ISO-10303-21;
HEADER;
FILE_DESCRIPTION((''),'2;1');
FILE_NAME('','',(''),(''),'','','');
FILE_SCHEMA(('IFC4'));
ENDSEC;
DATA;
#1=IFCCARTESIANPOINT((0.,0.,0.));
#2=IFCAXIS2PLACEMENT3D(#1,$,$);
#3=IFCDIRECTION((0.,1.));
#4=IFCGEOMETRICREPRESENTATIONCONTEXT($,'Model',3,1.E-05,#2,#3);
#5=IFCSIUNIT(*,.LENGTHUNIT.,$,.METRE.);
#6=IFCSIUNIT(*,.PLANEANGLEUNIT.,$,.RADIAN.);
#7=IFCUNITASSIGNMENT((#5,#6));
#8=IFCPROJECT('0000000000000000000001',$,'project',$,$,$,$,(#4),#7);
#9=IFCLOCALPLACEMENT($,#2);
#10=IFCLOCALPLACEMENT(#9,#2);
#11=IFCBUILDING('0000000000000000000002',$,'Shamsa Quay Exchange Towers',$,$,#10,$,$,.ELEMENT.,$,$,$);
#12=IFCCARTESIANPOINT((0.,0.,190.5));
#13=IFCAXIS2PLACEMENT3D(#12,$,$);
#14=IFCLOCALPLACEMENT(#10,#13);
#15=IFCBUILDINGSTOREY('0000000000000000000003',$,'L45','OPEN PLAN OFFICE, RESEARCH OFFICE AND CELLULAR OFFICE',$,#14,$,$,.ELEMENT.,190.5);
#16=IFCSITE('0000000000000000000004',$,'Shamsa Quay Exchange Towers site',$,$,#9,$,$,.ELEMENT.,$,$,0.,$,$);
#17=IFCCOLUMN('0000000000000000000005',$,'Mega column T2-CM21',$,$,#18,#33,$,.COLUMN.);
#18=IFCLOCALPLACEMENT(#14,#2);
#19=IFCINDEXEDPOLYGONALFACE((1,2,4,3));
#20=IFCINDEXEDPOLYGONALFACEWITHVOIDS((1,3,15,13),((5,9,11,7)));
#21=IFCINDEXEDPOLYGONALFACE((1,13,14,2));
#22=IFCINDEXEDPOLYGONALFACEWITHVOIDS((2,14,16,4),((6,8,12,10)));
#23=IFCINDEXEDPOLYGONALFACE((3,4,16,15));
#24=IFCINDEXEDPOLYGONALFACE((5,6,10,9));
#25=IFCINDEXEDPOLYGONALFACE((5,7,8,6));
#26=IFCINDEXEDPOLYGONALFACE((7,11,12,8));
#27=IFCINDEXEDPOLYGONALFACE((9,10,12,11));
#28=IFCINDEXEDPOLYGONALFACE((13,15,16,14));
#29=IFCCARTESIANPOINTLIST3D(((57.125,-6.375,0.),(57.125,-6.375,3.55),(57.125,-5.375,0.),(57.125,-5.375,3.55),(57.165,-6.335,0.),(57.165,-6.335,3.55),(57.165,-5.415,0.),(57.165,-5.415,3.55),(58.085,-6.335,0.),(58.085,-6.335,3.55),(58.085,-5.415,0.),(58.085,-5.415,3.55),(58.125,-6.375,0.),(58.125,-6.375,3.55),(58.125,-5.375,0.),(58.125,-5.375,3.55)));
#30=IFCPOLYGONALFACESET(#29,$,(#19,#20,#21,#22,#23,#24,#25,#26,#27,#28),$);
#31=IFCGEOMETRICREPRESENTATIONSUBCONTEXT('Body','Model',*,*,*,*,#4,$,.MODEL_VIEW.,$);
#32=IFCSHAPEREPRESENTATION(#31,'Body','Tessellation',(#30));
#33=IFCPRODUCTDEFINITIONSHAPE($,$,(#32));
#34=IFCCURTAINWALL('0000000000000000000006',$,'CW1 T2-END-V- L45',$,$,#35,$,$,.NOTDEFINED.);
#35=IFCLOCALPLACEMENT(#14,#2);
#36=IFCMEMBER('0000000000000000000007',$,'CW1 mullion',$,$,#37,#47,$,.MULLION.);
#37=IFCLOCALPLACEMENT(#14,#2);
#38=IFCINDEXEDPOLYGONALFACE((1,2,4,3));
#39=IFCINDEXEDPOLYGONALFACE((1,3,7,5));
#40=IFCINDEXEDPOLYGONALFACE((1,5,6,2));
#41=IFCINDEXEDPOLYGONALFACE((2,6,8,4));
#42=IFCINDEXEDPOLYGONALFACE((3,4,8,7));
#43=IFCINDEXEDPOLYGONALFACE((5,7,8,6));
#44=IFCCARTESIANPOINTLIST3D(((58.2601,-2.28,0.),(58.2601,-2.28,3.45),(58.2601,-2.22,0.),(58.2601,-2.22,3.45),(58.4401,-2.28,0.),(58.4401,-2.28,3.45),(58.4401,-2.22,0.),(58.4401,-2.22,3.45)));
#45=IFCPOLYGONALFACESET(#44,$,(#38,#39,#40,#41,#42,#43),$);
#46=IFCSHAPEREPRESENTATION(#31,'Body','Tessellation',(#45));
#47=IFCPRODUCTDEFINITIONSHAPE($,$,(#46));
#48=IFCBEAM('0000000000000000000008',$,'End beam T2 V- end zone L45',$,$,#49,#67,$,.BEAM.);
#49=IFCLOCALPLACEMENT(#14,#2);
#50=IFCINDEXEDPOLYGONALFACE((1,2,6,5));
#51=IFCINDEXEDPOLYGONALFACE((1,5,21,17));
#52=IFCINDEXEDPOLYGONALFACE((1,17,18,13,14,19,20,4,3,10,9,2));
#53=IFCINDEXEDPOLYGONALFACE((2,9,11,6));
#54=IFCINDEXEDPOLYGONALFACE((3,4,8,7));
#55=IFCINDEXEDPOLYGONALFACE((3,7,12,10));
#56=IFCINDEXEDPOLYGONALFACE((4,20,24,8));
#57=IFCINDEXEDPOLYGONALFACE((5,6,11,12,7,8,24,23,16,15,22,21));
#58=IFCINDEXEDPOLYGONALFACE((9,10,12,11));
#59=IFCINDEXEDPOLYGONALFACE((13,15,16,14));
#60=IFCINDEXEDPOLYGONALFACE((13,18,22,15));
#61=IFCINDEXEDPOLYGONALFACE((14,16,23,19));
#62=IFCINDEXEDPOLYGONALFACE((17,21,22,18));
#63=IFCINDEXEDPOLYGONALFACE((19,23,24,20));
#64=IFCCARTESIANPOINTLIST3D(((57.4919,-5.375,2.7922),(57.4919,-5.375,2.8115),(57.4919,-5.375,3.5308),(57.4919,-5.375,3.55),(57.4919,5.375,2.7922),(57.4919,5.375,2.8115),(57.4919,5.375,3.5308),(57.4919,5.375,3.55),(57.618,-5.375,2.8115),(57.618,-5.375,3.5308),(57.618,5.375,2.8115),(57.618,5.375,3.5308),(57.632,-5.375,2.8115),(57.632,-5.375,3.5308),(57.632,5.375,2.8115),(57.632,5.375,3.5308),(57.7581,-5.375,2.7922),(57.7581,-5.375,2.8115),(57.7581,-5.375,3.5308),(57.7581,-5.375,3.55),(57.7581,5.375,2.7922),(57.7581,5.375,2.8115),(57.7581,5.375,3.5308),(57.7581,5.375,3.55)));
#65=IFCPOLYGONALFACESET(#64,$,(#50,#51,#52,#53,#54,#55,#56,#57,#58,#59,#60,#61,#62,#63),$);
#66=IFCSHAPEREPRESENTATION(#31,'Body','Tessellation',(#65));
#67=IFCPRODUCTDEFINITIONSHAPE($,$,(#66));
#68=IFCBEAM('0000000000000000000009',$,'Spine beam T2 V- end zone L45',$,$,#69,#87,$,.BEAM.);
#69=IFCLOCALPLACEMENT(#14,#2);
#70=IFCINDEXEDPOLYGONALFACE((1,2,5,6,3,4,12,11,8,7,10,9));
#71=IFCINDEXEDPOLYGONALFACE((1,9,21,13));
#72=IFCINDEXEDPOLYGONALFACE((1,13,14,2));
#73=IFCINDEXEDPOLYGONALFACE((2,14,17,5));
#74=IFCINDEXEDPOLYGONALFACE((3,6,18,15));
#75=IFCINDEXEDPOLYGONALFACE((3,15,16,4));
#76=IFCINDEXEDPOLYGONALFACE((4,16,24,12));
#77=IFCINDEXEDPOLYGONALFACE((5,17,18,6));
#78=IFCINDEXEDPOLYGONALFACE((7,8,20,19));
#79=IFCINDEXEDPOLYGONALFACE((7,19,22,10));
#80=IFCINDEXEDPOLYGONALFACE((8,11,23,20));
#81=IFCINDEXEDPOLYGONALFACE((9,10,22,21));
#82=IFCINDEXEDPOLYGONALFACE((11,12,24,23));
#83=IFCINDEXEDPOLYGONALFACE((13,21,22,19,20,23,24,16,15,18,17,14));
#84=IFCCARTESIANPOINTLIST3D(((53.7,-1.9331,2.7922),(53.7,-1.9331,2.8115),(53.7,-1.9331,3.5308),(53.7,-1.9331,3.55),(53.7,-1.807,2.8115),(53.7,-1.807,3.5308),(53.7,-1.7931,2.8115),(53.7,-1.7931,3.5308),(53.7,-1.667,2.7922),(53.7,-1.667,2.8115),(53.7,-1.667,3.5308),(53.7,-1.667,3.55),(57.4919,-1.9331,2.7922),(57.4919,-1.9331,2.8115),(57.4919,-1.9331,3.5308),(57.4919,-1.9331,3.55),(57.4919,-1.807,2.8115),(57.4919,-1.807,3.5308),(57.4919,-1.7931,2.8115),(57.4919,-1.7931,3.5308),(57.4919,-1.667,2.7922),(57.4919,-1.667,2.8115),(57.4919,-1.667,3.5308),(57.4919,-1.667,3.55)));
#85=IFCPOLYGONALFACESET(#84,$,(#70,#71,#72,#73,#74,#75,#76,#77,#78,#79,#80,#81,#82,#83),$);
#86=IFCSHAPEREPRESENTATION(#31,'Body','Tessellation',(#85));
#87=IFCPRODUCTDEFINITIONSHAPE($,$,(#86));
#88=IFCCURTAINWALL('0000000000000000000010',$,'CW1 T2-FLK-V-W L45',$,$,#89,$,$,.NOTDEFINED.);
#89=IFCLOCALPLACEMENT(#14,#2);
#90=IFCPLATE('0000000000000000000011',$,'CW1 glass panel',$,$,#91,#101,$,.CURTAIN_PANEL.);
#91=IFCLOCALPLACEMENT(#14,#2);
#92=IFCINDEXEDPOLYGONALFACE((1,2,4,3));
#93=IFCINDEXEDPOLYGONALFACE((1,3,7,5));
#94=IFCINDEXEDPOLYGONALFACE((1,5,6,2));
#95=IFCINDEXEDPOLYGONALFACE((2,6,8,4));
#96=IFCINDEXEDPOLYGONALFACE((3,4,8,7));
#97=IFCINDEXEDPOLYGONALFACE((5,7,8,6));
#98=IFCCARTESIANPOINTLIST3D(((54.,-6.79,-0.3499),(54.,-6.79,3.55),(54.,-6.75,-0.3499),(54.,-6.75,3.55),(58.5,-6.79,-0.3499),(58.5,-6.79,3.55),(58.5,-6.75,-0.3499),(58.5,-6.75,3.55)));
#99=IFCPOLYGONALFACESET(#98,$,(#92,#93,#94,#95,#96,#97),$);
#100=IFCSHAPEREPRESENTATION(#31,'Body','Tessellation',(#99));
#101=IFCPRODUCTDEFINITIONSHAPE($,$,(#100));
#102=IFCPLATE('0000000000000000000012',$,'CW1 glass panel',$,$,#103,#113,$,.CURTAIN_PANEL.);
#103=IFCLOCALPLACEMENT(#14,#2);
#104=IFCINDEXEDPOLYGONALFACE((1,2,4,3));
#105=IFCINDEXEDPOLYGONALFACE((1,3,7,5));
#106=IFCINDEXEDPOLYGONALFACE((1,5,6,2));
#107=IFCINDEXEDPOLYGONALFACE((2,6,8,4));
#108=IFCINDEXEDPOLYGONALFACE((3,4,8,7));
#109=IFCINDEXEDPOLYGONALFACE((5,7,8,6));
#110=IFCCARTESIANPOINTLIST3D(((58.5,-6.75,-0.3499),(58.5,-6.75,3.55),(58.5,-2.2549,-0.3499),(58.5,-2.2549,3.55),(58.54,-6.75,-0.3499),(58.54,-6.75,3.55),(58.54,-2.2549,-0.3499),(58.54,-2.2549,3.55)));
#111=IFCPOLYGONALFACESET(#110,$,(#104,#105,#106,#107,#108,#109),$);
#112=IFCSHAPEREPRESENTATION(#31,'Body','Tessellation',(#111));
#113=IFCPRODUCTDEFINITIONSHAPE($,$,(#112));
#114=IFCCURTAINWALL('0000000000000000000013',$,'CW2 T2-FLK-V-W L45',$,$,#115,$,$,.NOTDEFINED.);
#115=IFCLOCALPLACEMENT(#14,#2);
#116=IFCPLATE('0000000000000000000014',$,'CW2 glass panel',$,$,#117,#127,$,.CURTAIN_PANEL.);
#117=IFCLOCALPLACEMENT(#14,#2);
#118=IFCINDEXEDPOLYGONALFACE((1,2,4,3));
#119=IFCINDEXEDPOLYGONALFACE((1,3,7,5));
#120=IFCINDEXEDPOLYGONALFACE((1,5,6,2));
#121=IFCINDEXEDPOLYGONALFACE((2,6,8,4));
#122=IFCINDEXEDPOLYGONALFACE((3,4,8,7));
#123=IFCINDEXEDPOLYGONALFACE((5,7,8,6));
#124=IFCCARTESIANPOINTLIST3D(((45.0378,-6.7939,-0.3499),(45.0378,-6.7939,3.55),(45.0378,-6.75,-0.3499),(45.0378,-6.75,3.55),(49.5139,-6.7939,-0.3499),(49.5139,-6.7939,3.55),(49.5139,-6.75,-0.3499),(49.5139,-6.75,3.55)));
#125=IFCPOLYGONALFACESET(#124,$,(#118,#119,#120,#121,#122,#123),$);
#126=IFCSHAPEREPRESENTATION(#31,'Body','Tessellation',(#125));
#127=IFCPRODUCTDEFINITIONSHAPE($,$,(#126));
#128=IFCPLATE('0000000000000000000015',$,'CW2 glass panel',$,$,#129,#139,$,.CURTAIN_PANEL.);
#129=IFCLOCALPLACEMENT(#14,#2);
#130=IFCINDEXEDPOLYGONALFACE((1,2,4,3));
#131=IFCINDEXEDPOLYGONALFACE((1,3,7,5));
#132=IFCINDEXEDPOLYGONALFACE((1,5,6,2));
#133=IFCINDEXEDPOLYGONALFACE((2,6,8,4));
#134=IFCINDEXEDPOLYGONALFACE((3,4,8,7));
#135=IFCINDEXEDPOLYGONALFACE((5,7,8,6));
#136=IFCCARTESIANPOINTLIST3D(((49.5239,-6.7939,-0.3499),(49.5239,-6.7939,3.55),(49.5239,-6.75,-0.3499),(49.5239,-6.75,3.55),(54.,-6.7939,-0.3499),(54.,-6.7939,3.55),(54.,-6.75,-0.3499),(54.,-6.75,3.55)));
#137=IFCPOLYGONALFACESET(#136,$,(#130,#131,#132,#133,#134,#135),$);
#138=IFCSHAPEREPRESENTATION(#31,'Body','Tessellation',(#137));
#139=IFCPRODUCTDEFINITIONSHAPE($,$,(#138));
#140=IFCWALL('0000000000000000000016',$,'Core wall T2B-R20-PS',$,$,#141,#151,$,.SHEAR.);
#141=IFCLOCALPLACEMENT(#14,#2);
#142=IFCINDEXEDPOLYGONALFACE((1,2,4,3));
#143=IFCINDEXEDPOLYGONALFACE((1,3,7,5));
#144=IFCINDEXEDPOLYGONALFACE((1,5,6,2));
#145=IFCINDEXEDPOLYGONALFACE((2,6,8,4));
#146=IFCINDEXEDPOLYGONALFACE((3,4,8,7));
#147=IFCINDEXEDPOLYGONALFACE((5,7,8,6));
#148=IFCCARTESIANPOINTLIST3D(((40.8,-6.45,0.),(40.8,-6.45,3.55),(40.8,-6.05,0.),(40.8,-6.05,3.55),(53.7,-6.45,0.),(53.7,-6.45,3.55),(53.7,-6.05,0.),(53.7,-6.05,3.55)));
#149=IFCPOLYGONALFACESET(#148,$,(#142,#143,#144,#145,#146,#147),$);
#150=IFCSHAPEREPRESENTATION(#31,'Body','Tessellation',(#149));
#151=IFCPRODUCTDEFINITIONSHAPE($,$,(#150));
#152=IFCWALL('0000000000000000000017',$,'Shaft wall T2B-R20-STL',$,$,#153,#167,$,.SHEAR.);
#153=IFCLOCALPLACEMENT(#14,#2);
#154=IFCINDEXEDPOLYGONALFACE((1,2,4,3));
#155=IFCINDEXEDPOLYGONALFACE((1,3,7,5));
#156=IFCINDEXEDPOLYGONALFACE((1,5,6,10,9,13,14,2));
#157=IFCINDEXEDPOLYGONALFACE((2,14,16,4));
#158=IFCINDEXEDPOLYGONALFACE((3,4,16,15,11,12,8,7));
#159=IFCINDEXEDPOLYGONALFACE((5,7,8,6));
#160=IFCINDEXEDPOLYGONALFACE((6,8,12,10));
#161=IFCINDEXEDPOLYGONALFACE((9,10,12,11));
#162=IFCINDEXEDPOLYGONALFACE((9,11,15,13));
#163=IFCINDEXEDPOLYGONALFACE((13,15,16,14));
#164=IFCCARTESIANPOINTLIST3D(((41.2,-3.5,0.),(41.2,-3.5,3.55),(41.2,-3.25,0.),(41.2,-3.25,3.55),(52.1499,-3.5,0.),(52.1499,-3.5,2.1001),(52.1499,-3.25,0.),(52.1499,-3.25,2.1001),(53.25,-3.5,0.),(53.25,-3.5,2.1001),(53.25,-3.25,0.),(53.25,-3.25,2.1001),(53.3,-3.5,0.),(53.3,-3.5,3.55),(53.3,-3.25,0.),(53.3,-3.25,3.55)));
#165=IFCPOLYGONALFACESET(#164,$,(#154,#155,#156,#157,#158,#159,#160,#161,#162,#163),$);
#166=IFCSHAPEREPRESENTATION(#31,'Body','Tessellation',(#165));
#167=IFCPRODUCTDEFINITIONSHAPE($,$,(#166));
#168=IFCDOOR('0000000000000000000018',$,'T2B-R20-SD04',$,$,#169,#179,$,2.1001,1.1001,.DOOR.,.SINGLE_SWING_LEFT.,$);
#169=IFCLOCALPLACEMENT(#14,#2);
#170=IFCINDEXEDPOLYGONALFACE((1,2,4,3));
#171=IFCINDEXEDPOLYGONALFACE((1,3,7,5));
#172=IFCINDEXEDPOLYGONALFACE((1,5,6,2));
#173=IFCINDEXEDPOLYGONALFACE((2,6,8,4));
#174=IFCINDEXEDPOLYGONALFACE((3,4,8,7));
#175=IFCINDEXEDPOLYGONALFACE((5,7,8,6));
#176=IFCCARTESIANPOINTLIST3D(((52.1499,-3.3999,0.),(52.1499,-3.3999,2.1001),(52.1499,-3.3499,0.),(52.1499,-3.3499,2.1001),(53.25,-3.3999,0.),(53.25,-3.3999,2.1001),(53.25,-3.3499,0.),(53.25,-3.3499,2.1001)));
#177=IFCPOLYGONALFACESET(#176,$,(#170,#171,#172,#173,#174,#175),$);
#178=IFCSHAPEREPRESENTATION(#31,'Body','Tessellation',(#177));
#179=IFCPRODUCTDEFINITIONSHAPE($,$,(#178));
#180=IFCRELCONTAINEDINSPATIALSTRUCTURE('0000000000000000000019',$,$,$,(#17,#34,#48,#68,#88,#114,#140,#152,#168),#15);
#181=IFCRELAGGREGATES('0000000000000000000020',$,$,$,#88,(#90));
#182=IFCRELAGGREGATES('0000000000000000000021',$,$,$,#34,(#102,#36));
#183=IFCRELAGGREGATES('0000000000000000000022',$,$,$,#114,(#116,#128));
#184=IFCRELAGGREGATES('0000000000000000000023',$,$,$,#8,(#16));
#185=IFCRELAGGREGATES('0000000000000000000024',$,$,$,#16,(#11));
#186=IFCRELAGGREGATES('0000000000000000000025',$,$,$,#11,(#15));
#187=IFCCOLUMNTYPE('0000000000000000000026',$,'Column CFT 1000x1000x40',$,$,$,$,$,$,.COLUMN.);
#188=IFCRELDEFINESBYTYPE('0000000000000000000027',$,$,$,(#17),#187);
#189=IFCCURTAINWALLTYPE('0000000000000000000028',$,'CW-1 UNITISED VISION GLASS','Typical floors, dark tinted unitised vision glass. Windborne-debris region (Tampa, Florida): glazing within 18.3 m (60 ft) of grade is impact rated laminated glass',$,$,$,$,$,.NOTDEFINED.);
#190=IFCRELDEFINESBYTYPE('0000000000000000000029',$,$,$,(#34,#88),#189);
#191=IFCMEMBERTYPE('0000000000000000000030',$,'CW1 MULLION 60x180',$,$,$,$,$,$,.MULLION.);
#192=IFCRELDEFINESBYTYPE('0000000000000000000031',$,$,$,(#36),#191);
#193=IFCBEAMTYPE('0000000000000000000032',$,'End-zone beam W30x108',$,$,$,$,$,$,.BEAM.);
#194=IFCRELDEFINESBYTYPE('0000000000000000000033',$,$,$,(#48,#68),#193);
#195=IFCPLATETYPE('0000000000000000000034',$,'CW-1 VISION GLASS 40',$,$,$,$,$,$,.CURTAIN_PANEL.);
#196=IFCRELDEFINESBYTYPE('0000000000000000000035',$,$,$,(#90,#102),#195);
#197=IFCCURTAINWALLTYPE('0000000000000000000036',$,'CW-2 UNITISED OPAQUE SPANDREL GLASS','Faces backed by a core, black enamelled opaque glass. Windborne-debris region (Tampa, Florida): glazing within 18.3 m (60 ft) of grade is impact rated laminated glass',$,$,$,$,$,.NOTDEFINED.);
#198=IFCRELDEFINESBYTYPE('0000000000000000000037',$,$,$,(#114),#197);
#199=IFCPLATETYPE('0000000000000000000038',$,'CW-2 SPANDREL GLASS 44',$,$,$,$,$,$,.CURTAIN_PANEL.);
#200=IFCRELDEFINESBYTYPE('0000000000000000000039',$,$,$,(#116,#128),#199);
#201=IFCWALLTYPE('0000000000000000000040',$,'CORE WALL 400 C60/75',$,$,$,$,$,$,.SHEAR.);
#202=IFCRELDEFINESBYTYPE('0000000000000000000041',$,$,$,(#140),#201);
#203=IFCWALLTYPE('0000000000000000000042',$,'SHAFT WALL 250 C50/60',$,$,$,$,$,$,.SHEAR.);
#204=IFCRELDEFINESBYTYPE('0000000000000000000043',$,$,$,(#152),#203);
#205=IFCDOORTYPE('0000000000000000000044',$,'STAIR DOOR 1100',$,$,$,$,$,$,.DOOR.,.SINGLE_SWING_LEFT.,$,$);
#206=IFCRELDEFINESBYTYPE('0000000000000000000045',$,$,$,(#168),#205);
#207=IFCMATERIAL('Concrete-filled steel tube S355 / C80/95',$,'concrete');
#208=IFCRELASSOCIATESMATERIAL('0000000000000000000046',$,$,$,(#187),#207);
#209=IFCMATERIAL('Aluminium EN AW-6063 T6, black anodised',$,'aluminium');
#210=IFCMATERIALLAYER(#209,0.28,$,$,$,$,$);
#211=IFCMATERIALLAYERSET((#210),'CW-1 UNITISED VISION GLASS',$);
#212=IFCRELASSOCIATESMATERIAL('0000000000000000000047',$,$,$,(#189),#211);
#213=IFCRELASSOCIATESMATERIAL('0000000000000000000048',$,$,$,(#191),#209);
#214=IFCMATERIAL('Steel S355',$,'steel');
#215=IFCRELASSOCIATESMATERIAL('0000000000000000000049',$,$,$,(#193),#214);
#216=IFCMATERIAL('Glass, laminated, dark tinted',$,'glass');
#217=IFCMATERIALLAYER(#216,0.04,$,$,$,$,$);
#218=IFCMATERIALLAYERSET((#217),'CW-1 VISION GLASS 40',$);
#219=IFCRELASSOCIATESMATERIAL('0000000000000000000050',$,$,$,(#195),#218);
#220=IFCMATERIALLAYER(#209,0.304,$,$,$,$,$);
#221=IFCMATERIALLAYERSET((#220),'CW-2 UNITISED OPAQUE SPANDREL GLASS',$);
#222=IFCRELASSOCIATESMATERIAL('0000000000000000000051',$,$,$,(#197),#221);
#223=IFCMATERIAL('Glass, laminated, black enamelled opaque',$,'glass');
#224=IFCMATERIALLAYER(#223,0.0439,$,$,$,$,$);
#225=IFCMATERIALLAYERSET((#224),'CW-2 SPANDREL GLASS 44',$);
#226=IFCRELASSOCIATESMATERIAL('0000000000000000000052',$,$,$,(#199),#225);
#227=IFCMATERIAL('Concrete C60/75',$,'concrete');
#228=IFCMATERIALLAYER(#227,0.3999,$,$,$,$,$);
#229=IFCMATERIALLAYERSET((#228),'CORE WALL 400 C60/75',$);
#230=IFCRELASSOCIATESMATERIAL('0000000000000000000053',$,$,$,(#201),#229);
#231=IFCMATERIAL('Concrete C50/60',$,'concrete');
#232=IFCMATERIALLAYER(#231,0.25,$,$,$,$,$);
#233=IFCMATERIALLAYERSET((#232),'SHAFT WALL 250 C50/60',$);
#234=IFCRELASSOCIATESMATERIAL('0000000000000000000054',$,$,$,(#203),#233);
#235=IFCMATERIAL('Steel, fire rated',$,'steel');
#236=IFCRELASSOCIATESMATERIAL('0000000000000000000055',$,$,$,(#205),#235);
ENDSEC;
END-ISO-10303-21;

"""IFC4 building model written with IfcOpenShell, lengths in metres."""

from ifc_helpers import new_model, si_unit, direction, frame, frame_2d, origin, origin_2d, place, context, subcontext, project, spatial, rectangle, hollow_rectangle, i_section, extrude, material, layer, layer_set, material_profile, profile_set, type_object, element, fill, aggregate, save


model = new_model("IFC4")

# Units and contexts
model_context = context("Model", 3, precision=1e-05, world=origin(), true_north=direction((0.0, 1.0)))
body_context = subcontext(model_context, "Body", "Model", "MODEL_VIEW")
ifc_project = project(units=[si_unit("LENGTHUNIT", "METRE"), si_unit("PLANEANGLEUNIT", "RADIAN")], contexts=[model_context])

# Site, building, storey
site_placement = place(None, origin())
site = spatial("IfcSite", under=ifc_project, at=site_placement, Name="Shamsa Quay Exchange Towers site", CompositionType="ELEMENT", RefElevation=0.0)
building_placement = place(site_placement, origin())
building = spatial("IfcBuilding", under=site, at=building_placement, Name="Shamsa Quay Exchange Towers", CompositionType="ELEMENT")
storey_placement = place(building_placement, frame((0.0, 0.0, 190.5)))
storey = spatial("IfcBuildingStorey", under=building, at=storey_placement, Name="L45", Description="OPEN PLAN OFFICE, RESEARCH OFFICE AND CELLULAR OFFICE", CompositionType="ELEMENT", Elevation=190.5)

# Column
ifc_material_1 = material(Name="Concrete-filled steel tube S355 / C80/95", Category="concrete")
ifc_material_profile_1 = material_profile(ifc_material_1, hollow_rectangle(XDim=1.0, YDim=1.0, WallThickness=0.04, at=origin_2d()), Name="CFT 1000x1000x40")
ifc_profile_set_1 = profile_set([ifc_material_profile_1], Name="Concrete-filled steel tube S355 / C80/95")
column_type = type_object("IfcColumnType", Name="Column CFT 1000x1000x40", PredefinedType="COLUMN", material=ifc_profile_set_1)
column_placement = place(storey_placement, frame((57.625, -5.875, 0.0)))
element("IfcColumn", 1, at=column_placement, inside=storey, type_object=column_type, Name="Mega column T2-CM21", PredefinedType="COLUMN", context=body_context, shape_type="SweptSolid", body=[
    extrude(hollow_rectangle(XDim=1.0, YDim=1.0, WallThickness=0.04, at=origin_2d()), origin(), (0.0, 0.0, 1.0), 3.55),
])

# Curtain wall, member
ifc_material_2 = material(Name="Aluminium EN AW-6063 T6, black anodised", Category="aluminium")
ifc_layer_1 = layer(ifc_material_2, 0.28)
ifc_layer_set_1 = layer_set([ifc_layer_1], Name="CW-1 UNITISED VISION GLASS")
curtain_wall_type_1 = type_object("IfcCurtainWallType", Name="CW-1 UNITISED VISION GLASS", Description="Typical floors, dark tinted unitised vision glass. Windborne-debris region (Tampa, Florida): glazing within 18.3 m (60 ft) of grade is impact rated laminated glass", PredefinedType="NOTDEFINED", material=ifc_layer_set_1)
curtain_wall_1_placement = place(storey_placement, origin())
curtain_wall_1 = element("IfcCurtainWall", 2, at=curtain_wall_1_placement, inside=storey, type_object=curtain_wall_type_1, Name="CW1 T2-END-V- L45", PredefinedType="NOTDEFINED")
ifc_material_profile_2 = material_profile(ifc_material_2, rectangle(XDim=0.1799, YDim=0.0601, at=origin_2d()), Name="MU60x180")
ifc_profile_set_2 = profile_set([ifc_material_profile_2], Name="Aluminium EN AW-6063 T6, black anodised")
member_type = type_object("IfcMemberType", Name="CW1 MULLION 60x180", PredefinedType="MULLION", material=ifc_profile_set_2)
member_placement = place(storey_placement, frame((58.3501, -2.25, 0.0), z_axis=(0.0, 0.0, 1.0), x_axis=(-1.0, 0.0, 0.0)))
member = element("IfcMember", 3, at=member_placement, type_object=member_type, Name="CW1 mullion", PredefinedType="MULLION", context=body_context, shape_type="SweptSolid", body=[
    extrude(rectangle(XDim=0.1799, YDim=0.0601, at=origin_2d()), origin(), (0.0, 0.0, 1.0), 3.45),
])

# Beams
ifc_material_3 = material(Name="Steel S355", Category="steel")
ifc_material_profile_3 = material_profile(ifc_material_3, i_section(OverallWidth=0.2661, OverallDepth=0.7578, WebThickness=0.0139, FlangeThickness=0.0193, at=origin_2d()), Name="W30x108")
ifc_profile_set_3 = profile_set([ifc_material_profile_3], Name="Steel S355")
beam_type = type_object("IfcBeamType", Name="End-zone beam W30x108", PredefinedType="BEAM", material=ifc_profile_set_3)
beam_1_placement = place(storey_placement, frame((57.625, -5.375, 3.1711), z_axis=(0.0, 1.0, 0.0), x_axis=(-1.0, 0.0, 0.0)))
element("IfcBeam", 4, at=beam_1_placement, inside=storey, type_object=beam_type, Name="End beam T2 V- end zone L45", PredefinedType="BEAM", context=body_context, shape_type="SweptSolid", body=[
    extrude(i_section(OverallWidth=0.2661, OverallDepth=0.7578, WebThickness=0.0139, FlangeThickness=0.0193, at=origin_2d()), origin(), (0.0, 0.0, 1.0), 10.75),
])
beam_2_placement = place(storey_placement, frame((53.7, -1.8, 3.1711), z_axis=(1.0, 0.0, 0.0), x_axis=(0.0, 1.0, 0.0)))
element("IfcBeam", 5, at=beam_2_placement, inside=storey, type_object=beam_type, Name="Spine beam T2 V- end zone L45", PredefinedType="BEAM", context=body_context, shape_type="SweptSolid", body=[
    extrude(i_section(OverallWidth=0.2661, OverallDepth=0.7578, WebThickness=0.0139, FlangeThickness=0.0193, at=origin_2d()), origin(), (0.0, 0.0, 1.0), 3.792),
])

# Curtain wall, plate
curtain_wall_2_placement = place(storey_placement, origin())
curtain_wall_2 = element("IfcCurtainWall", 6, at=curtain_wall_2_placement, inside=storey, type_object=curtain_wall_type_1, Name="CW1 T2-FLK-V-W L45", PredefinedType="NOTDEFINED")
ifc_material_4 = material(Name="Glass, laminated, dark tinted", Category="glass")
ifc_layer_2 = layer(ifc_material_4, 0.04)
ifc_layer_set_2 = layer_set([ifc_layer_2], Name="CW-1 VISION GLASS 40")
plate_type_1 = type_object("IfcPlateType", Name="CW-1 VISION GLASS 40", PredefinedType="CURTAIN_PANEL", material=ifc_layer_set_2)
plate_1_placement = place(storey_placement, frame((56.25, -6.77, -0.3499)))
plate_1 = element("IfcPlate", 7, at=plate_1_placement, type_object=plate_type_1, Name="CW1 glass panel", PredefinedType="CURTAIN_PANEL", context=body_context, shape_type="SweptSolid", body=[
    extrude(rectangle(XDim=4.5, YDim=0.04, at=origin_2d()), origin(), (0.0, 0.0, 1.0), 3.8999),
])
aggregate(curtain_wall_2, [plate_1])

# Plate
plate_2_placement = place(storey_placement, frame((58.52, -4.5024, -0.3499), z_axis=(0.0, 0.0, 1.0), x_axis=(0.0, 1.0, 0.0)))
plate_2 = element("IfcPlate", 8, at=plate_2_placement, type_object=plate_type_1, Name="CW1 glass panel", PredefinedType="CURTAIN_PANEL", context=body_context, shape_type="SweptSolid", body=[
    extrude(rectangle(XDim=4.4951, YDim=0.04, at=origin_2d()), origin(), (0.0, 0.0, 1.0), 3.8999),
])
aggregate(curtain_wall_1, [plate_2, member])

# Curtain wall, plates
ifc_layer_3 = layer(ifc_material_2, 0.304)
ifc_layer_set_3 = layer_set([ifc_layer_3], Name="CW-2 UNITISED OPAQUE SPANDREL GLASS")
curtain_wall_type_2 = type_object("IfcCurtainWallType", Name="CW-2 UNITISED OPAQUE SPANDREL GLASS", Description="Faces backed by a core, black enamelled opaque glass. Windborne-debris region (Tampa, Florida): glazing within 18.3 m (60 ft) of grade is impact rated laminated glass", PredefinedType="NOTDEFINED", material=ifc_layer_set_3)
curtain_wall_3_placement = place(storey_placement, origin())
curtain_wall_3 = element("IfcCurtainWall", 9, at=curtain_wall_3_placement, inside=storey, type_object=curtain_wall_type_2, Name="CW2 T2-FLK-V-W L45", PredefinedType="NOTDEFINED")
ifc_material_5 = material(Name="Glass, laminated, black enamelled opaque", Category="glass")
ifc_layer_4 = layer(ifc_material_5, 0.0439)
ifc_layer_set_4 = layer_set([ifc_layer_4], Name="CW-2 SPANDREL GLASS 44")
plate_type_2 = type_object("IfcPlateType", Name="CW-2 SPANDREL GLASS 44", PredefinedType="CURTAIN_PANEL", material=ifc_layer_set_4)
plate_3_placement = place(storey_placement, frame((47.2759, -6.772, -0.3499)))
plate_3 = element("IfcPlate", 10, at=plate_3_placement, type_object=plate_type_2, Name="CW2 glass panel", PredefinedType="CURTAIN_PANEL", context=body_context, shape_type="SweptSolid", body=[
    extrude(rectangle(XDim=4.4761, YDim=0.0439, at=origin_2d()), origin(), (0.0, 0.0, 1.0), 3.8999),
])
plate_4_placement = place(storey_placement, frame((51.762, -6.772, -0.3499)))
plate_4 = element("IfcPlate", 11, at=plate_4_placement, type_object=plate_type_2, Name="CW2 glass panel", PredefinedType="CURTAIN_PANEL", context=body_context, shape_type="SweptSolid", body=[
    extrude(rectangle(XDim=4.4761, YDim=0.0439, at=origin_2d()), origin(), (0.0, 0.0, 1.0), 3.8999),
])
aggregate(curtain_wall_3, [plate_3, plate_4])

# Wall
ifc_material_6 = material(Name="Concrete C60/75", Category="concrete")
ifc_layer_5 = layer(ifc_material_6, 0.3999)
ifc_layer_set_5 = layer_set([ifc_layer_5], Name="CORE WALL 400 C60/75")
wall_type_1 = type_object("IfcWallType", Name="CORE WALL 400 C60/75", PredefinedType="SHEAR", material=ifc_layer_set_5)
wall_1_placement = place(storey_placement, frame((53.7, -6.25, 0.0), z_axis=(0.0, 0.0, 1.0), x_axis=(-1.0, 0.0, 0.0)))
element("IfcWall", 12, at=wall_1_placement, inside=storey, type_object=wall_type_1, Name="Core wall T2B-R20-PS", PredefinedType="SHEAR", context=body_context, shape_type="SweptSolid", body=[
    extrude(rectangle(XDim=12.8999, YDim=0.3999, at=frame_2d((6.45, 0.0))), origin(), (0.0, 0.0, 1.0), 3.55),
])

# Wall, opening, door
ifc_material_7 = material(Name="Steel, fire rated", Category="steel")
ifc_material_8 = material(Name="Concrete C50/60", Category="concrete")
ifc_layer_6 = layer(ifc_material_8, 0.25)
ifc_layer_set_6 = layer_set([ifc_layer_6], Name="SHAFT WALL 250 C50/60")
wall_type_2 = type_object("IfcWallType", Name="SHAFT WALL 250 C50/60", PredefinedType="SHEAR", material=ifc_layer_set_6)
wall_2_placement = place(storey_placement, frame((53.3, -3.375, 0.0), z_axis=(0.0, 0.0, 1.0), x_axis=(-1.0, 0.0, 0.0)))
wall_2 = element("IfcWall", 13, at=wall_2_placement, inside=storey, type_object=wall_type_2, Name="Shaft wall T2B-R20-STL", PredefinedType="SHEAR", context=body_context, shape_type="SweptSolid", body=[
    extrude(rectangle(XDim=12.1001, YDim=0.25, at=frame_2d((6.05, 0.0))), origin(), (0.0, 0.0, 1.0), 3.55),
])
opening_1_placement = place(wall_2_placement, frame((0.05, 0.0, 0.0)))
opening_1 = element("IfcOpeningElement", 14, at=opening_1_placement, cuts=wall_2, PredefinedType="OPENING", context=body_context, shape_type="SweptSolid", body=[
    extrude(rectangle(XDim=1.1001, YDim=2.1001, at=frame_2d((0.55, 1.05))), frame((0.0, 0.135, 0.0), z_axis=(0.0, -1.0, 0.0), x_axis=(1.0, 0.0, 0.0)), (0.0, 0.0, 1.0), 0.27),
])
door_type_1 = type_object("IfcDoorType", Name="STAIR DOOR 1100", OperationType="SINGLE_SWING_LEFT", PredefinedType="DOOR", material=ifc_material_7)
door_1_placement = place(opening_1_placement, origin())
door_1 = element("IfcDoor", 15, at=door_1_placement, inside=storey, type_object=door_type_1, Name="T2B-R20-SD04", OperationType="SINGLE_SWING_LEFT", OverallHeight=2.1001, OverallWidth=1.1001, PredefinedType="DOOR", context=body_context, shape_type="SweptSolid", body=[
    extrude(rectangle(XDim=1.1001, YDim=2.1001, at=frame_2d((0.55, 1.05))), frame((0.0, 0.0249, 0.0), z_axis=(0.0, -1.0, 0.0), x_axis=(1.0, 0.0, 0.0)), (0.0, 0.0, 1.0), 0.05),
])
fill(opening_1, door_1)

save(model, "model.ifc")
